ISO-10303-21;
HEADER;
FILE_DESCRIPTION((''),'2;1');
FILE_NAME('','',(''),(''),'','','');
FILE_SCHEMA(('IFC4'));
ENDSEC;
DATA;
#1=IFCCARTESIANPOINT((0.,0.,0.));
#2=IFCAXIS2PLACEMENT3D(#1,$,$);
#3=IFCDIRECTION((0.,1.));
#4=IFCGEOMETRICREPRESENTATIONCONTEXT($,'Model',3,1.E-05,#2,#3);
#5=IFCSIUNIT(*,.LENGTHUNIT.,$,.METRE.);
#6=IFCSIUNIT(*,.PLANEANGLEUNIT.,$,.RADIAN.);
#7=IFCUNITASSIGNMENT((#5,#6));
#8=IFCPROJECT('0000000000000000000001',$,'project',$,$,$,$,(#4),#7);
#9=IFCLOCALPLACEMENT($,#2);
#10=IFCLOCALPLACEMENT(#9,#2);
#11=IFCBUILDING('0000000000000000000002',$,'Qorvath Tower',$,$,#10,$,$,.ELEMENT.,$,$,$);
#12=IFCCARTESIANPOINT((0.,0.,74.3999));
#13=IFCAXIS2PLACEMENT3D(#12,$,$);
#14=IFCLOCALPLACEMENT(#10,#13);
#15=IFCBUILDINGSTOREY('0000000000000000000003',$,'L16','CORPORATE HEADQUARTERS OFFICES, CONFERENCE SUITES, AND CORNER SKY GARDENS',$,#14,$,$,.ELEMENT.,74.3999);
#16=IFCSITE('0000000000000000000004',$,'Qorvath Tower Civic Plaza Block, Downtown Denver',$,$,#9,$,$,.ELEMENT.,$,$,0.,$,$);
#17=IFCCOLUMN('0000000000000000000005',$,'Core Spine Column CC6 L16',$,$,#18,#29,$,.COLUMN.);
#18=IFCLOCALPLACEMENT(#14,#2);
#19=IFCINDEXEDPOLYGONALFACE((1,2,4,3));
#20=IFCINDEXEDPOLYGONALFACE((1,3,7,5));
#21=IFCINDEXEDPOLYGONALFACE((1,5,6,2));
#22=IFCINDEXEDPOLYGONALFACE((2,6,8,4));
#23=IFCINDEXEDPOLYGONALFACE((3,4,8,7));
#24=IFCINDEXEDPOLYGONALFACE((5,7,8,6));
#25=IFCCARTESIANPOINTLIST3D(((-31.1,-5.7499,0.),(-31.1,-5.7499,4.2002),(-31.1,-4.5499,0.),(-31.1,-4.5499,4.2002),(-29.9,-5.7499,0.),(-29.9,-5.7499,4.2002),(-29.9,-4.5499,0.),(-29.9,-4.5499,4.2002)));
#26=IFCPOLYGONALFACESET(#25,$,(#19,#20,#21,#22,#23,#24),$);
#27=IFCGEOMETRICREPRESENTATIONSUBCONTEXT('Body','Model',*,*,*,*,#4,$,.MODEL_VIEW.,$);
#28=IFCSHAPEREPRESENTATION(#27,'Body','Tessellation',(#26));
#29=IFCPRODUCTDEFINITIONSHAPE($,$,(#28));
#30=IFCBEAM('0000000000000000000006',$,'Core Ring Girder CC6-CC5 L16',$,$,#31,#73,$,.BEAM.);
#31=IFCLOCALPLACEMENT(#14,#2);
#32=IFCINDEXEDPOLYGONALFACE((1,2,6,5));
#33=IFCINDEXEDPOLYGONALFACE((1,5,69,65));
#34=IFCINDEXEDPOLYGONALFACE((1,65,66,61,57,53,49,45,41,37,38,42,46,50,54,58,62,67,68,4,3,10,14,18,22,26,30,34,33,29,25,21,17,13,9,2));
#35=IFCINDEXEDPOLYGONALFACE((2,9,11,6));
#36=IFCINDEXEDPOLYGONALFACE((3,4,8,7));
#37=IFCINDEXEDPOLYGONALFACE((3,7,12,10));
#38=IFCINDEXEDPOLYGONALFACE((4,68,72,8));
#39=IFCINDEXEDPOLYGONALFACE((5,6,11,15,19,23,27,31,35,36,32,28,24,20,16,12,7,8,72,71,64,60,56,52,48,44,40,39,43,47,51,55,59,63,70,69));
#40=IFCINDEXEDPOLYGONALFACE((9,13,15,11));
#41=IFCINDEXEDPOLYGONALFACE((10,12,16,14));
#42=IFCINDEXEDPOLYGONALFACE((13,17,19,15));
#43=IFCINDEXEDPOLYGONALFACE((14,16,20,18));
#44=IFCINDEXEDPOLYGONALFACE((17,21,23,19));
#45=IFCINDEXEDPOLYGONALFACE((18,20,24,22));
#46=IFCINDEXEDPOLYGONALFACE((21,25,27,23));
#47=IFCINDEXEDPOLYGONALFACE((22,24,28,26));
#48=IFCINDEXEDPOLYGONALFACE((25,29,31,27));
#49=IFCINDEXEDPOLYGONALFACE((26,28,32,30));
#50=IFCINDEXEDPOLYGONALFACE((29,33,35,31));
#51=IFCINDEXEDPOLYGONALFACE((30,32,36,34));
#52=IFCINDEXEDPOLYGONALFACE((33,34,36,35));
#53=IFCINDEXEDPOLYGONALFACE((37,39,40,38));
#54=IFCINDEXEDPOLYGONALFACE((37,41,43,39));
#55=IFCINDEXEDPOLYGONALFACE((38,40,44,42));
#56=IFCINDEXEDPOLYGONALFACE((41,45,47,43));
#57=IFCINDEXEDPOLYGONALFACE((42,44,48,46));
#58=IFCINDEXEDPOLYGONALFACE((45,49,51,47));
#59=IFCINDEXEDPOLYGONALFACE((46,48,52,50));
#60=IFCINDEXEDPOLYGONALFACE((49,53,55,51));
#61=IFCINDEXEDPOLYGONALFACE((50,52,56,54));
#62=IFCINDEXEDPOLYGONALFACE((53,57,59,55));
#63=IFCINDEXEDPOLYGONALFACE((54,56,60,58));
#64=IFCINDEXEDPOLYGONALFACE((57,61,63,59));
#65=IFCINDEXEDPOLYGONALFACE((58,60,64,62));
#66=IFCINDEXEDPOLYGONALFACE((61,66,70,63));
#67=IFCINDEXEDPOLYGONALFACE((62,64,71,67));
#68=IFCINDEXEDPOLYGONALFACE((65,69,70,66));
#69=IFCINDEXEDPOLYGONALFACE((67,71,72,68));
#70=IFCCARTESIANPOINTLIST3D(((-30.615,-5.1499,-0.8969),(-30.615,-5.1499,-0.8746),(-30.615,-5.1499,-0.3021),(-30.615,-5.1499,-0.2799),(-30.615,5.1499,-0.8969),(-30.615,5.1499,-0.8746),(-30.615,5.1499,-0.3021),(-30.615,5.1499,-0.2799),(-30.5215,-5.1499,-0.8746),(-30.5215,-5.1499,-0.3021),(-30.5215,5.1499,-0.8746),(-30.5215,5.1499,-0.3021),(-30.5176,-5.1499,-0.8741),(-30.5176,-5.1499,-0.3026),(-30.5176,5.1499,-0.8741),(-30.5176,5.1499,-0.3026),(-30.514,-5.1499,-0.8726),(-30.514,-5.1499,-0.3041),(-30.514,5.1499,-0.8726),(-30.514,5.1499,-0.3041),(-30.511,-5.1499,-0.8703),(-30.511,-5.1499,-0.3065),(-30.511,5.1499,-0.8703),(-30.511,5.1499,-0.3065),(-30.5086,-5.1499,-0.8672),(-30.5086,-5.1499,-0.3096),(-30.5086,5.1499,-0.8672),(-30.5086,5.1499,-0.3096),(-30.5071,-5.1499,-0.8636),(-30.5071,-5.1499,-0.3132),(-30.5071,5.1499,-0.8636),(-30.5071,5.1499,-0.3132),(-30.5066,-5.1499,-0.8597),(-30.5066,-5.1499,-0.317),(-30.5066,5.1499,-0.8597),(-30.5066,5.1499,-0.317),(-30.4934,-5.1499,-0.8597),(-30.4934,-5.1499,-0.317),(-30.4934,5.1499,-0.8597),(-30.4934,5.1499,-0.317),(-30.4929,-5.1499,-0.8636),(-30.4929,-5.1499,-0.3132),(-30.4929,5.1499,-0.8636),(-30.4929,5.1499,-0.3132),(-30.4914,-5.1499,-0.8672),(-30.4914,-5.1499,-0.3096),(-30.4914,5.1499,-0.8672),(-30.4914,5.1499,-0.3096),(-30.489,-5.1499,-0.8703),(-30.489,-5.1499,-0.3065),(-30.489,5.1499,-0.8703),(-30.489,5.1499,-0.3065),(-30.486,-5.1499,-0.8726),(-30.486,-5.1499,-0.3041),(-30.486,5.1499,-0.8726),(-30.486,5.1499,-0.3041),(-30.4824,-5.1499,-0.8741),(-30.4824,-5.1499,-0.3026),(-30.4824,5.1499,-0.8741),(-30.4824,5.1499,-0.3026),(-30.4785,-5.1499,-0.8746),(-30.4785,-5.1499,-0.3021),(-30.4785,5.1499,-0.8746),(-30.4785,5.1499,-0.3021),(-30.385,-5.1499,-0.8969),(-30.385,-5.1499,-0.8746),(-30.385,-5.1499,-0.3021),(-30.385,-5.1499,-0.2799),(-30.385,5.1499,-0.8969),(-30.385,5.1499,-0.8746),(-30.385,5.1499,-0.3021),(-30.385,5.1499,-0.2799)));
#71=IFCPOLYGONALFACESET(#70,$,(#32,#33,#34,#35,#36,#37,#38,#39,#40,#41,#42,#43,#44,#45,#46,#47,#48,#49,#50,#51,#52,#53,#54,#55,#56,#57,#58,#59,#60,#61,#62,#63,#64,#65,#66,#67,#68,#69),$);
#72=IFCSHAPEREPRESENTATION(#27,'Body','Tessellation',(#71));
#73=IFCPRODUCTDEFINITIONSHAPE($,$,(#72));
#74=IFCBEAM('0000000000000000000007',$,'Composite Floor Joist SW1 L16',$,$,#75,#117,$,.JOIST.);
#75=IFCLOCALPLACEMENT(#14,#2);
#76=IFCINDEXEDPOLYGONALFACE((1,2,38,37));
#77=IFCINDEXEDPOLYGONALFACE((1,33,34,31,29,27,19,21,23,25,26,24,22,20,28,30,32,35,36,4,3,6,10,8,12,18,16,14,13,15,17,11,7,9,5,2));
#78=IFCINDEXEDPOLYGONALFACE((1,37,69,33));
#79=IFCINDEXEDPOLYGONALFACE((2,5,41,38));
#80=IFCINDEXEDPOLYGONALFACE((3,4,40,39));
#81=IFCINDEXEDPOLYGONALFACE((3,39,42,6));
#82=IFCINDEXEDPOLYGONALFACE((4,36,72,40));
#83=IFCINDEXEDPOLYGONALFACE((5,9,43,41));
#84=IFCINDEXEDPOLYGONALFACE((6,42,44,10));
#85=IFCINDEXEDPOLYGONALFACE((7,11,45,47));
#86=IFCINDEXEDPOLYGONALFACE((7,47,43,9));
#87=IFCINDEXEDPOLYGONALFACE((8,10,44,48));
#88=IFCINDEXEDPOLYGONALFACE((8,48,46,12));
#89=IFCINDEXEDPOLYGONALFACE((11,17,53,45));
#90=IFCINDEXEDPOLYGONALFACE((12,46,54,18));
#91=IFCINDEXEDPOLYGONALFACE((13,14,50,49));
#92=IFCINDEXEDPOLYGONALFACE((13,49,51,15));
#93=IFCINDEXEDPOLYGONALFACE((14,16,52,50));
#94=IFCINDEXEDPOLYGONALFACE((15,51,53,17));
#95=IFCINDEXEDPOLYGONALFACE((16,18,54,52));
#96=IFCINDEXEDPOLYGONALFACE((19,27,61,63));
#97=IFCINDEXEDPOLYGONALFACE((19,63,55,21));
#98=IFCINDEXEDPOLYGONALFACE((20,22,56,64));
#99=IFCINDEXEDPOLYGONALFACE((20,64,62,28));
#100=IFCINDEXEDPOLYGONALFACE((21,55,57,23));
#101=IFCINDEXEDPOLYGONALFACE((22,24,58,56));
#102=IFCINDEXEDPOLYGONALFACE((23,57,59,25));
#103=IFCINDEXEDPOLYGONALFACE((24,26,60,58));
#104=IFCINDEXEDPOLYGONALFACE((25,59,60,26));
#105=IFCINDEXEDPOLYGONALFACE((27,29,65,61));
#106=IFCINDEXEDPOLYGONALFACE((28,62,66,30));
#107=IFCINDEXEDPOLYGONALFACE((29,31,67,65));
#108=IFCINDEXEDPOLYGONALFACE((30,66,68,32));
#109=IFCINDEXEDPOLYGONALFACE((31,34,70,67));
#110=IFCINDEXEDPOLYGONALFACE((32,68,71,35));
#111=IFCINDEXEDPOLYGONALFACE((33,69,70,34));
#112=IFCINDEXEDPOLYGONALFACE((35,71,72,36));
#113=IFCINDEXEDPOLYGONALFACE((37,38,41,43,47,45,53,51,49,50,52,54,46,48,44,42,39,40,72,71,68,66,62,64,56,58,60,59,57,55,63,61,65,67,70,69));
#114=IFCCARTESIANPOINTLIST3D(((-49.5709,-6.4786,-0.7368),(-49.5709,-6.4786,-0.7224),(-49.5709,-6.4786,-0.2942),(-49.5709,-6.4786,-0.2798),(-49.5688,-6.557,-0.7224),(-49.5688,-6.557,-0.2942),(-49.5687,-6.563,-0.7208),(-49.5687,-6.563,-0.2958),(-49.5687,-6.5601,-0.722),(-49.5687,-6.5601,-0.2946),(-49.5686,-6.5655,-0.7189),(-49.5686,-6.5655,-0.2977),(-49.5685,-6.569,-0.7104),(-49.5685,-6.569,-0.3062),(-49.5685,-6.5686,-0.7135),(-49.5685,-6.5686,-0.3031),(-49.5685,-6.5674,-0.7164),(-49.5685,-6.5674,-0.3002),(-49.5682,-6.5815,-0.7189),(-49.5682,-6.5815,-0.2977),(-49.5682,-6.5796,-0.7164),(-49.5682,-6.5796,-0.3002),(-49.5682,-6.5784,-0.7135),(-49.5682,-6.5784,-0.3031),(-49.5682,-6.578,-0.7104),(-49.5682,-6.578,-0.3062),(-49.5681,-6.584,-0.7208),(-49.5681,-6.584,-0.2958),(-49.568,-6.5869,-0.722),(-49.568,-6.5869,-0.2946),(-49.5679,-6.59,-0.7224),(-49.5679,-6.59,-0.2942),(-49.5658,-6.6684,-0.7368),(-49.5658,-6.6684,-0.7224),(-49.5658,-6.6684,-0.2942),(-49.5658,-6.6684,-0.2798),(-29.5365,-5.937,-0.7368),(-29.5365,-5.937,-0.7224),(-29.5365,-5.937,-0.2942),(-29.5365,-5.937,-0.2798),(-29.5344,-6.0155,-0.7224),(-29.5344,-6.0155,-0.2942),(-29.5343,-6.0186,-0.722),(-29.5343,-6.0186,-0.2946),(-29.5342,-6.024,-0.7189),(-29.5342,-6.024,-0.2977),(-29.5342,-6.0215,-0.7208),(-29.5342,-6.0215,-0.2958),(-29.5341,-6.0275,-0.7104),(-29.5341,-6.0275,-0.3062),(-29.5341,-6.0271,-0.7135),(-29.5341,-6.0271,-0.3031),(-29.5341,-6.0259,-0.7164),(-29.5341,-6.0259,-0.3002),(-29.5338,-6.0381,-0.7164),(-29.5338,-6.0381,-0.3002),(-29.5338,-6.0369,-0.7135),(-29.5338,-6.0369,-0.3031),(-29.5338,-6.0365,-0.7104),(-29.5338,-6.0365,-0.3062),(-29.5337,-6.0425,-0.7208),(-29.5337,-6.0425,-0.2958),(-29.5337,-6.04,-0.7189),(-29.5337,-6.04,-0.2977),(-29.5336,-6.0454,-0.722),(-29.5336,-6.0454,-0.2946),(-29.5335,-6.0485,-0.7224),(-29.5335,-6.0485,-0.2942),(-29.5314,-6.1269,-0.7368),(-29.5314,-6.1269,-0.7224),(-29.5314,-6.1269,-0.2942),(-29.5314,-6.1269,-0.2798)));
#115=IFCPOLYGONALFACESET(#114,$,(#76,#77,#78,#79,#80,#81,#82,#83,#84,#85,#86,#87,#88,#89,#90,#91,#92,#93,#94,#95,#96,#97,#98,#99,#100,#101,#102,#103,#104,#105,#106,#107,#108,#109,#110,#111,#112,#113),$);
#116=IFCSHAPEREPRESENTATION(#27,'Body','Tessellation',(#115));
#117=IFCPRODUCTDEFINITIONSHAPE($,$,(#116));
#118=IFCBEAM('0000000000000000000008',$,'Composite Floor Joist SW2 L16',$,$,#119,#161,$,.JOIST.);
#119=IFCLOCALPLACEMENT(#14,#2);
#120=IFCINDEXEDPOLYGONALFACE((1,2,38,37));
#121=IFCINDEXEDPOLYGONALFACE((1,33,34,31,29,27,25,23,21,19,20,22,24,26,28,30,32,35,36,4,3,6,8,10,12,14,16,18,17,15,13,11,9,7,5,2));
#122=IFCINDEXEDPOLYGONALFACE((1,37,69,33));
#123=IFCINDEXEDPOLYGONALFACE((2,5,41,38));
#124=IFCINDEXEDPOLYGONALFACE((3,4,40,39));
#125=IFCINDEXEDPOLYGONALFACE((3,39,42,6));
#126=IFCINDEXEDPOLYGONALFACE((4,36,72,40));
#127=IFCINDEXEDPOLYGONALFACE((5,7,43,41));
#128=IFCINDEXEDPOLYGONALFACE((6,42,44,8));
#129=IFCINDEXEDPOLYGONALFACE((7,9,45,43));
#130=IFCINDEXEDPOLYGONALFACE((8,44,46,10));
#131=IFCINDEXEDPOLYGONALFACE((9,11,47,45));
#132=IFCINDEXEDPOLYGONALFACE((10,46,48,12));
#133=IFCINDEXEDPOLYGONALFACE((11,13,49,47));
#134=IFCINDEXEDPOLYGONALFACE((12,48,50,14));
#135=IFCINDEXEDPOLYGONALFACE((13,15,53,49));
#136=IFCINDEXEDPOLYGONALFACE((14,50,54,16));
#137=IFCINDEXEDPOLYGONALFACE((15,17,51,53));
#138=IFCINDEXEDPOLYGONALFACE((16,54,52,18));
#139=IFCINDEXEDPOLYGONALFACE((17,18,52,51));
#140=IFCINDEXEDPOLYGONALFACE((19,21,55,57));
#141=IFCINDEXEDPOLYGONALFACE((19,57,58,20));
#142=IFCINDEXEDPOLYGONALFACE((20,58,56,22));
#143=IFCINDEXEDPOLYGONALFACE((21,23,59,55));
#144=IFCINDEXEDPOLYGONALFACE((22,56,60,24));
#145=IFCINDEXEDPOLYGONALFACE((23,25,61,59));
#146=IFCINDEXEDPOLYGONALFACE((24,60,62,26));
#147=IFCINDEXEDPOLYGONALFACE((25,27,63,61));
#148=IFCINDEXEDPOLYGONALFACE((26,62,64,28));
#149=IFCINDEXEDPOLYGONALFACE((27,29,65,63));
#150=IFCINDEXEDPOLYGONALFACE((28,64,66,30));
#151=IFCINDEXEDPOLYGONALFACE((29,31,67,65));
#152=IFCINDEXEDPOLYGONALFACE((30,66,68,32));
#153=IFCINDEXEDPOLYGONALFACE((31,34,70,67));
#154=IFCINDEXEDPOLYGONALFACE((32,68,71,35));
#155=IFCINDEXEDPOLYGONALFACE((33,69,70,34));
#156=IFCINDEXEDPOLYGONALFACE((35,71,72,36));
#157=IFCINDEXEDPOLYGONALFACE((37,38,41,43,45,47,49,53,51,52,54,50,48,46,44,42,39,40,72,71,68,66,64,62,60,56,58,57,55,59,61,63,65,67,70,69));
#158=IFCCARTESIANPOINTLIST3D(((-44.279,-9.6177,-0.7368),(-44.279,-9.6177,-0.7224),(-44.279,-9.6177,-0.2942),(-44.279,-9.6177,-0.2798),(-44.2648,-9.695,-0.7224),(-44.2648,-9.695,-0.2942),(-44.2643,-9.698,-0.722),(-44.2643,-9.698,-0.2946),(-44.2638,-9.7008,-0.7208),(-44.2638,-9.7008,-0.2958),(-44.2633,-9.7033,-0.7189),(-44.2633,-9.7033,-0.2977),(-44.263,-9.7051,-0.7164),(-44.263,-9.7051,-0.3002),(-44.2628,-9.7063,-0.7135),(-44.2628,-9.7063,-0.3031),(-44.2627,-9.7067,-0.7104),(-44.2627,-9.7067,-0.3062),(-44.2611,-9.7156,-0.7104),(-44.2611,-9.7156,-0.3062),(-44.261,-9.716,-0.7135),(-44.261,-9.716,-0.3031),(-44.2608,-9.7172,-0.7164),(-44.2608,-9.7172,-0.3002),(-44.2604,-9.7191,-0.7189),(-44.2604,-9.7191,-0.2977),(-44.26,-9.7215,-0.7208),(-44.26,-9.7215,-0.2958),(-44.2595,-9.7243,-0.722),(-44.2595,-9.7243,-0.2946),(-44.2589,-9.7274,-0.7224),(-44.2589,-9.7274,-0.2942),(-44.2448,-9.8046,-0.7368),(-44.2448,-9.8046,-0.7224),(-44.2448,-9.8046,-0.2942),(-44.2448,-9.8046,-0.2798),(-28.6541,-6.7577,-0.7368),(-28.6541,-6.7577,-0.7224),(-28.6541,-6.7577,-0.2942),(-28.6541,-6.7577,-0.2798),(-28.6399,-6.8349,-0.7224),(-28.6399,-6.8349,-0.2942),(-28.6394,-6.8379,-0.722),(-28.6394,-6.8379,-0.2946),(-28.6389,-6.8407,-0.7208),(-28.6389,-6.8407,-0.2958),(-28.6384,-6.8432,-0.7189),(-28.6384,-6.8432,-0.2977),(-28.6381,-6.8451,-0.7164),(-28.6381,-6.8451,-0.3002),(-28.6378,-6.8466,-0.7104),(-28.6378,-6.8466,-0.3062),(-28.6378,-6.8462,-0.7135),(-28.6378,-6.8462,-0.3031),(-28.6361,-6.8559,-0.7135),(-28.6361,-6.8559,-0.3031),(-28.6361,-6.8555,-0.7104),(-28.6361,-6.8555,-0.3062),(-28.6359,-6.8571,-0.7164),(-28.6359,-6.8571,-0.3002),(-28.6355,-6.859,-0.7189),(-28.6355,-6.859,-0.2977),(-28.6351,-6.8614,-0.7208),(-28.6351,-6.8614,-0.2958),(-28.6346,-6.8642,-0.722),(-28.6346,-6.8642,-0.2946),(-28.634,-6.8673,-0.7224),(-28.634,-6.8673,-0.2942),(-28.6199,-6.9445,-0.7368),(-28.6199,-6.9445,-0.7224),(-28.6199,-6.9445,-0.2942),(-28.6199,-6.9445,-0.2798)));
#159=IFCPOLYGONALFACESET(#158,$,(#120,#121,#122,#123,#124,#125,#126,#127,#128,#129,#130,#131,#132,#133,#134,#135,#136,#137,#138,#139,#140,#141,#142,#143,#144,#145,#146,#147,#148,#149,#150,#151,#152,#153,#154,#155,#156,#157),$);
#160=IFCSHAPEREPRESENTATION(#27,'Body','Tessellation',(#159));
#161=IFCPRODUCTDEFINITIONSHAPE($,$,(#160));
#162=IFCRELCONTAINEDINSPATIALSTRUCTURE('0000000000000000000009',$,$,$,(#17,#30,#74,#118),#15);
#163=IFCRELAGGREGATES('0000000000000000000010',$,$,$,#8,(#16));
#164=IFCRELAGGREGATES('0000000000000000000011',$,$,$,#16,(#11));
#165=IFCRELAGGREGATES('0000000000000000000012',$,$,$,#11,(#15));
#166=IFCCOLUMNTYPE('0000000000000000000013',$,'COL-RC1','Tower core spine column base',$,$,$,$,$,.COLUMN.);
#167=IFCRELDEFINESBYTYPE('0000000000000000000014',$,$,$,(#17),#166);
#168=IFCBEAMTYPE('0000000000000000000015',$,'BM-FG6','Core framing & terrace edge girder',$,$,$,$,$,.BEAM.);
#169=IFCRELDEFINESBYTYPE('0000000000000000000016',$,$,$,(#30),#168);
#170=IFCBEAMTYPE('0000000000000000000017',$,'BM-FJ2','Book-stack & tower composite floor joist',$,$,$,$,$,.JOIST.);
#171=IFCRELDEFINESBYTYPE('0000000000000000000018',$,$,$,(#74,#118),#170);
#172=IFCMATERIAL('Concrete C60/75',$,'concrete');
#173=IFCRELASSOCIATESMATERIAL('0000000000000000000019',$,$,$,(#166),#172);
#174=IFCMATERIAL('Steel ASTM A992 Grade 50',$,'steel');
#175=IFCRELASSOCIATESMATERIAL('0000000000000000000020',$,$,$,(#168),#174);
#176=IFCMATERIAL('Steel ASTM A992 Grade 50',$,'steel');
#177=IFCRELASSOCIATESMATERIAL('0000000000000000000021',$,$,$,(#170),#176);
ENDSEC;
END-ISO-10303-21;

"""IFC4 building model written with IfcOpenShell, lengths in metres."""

from ifc_helpers import new_model, si_unit, direction, frame, origin, origin_2d, place, context, subcontext, project, spatial, rectangle, i_section, extrude, material, material_profile, profile_set, type_object, element, save


model = new_model("IFC4")

# Units and contexts
model_context = context("Model", 3, precision=1e-05, world=origin(), true_north=direction((0.0, 1.0)))
body_context = subcontext(model_context, "Body", "Model", "MODEL_VIEW")
ifc_project = project(units=[si_unit("LENGTHUNIT", "METRE"), si_unit("PLANEANGLEUNIT", "RADIAN")], contexts=[model_context])

# Site, building, storey
site_placement = place(None, origin())
site = spatial("IfcSite", under=ifc_project, at=site_placement, Name="Qorvath Tower Civic Plaza Block, Downtown Denver", CompositionType="ELEMENT", RefElevation=0.0)
building_placement = place(site_placement, origin())
building = spatial("IfcBuilding", under=site, at=building_placement, Name="Qorvath Tower", CompositionType="ELEMENT")
storey_placement = place(building_placement, frame((0.0, 0.0, 74.3999)))
storey = spatial("IfcBuildingStorey", under=building, at=storey_placement, Name="L16", Description="CORPORATE HEADQUARTERS OFFICES, CONFERENCE SUITES, AND CORNER SKY GARDENS", CompositionType="ELEMENT", Elevation=74.3999)

# Column
ifc_material_1 = material(Name="Concrete C60/75", Category="concrete")
ifc_material_profile_1 = material_profile(ifc_material_1, rectangle(XDim=1.2, YDim=1.2, at=origin_2d()), Name="RC 1200x1200")
ifc_profile_set_1 = profile_set([ifc_material_profile_1], Name="Concrete C60/75")
column_type = type_object("IfcColumnType", Name="COL-RC1", Description="Tower core spine column base", PredefinedType="COLUMN", material=ifc_profile_set_1)
column_placement = place(storey_placement, frame((-30.5, -5.1499, 0.0), z_axis=(0.0, 0.0, 1.0), x_axis=(1.0, 0.0, 0.0)))
element("IfcColumn", 1, at=column_placement, inside=storey, type_object=column_type, Name="Core Spine Column CC6 L16", PredefinedType="COLUMN", context=body_context, shape_type="SweptSolid", body=[
    extrude(rectangle(XDim=1.2, YDim=1.2, at=origin_2d()), origin(), (0.0, 0.0, 1.0), 4.2002),
])

# Beams
ifc_material_2 = material(Name="Steel ASTM A992 Grade 50", Category="steel")
ifc_material_profile_2 = material_profile(ifc_material_2, i_section(OverallWidth=0.23, OverallDepth=0.6169, WebThickness=0.0132, FlangeThickness=0.0222, FilletRadius=0.0149, at=origin_2d()), Name="W24x94")
ifc_profile_set_2 = profile_set([ifc_material_profile_2], Name="Steel ASTM A992 Grade 50")
beam_type_1 = type_object("IfcBeamType", Name="BM-FG6", Description="Core framing & terrace edge girder", PredefinedType="BEAM", material=ifc_profile_set_2)
beam_1_placement = place(storey_placement, frame((-30.5, -5.1499, -0.5884), z_axis=(0.0, 1.0, 0.0), x_axis=(-1.0, 0.0, 0.0)))
element("IfcBeam", 2, at=beam_1_placement, inside=storey, type_object=beam_type_1, Name="Core Ring Girder CC6-CC5 L16", PredefinedType="BEAM", context=body_context, shape_type="SweptSolid", body=[
    extrude(i_section(OverallWidth=0.23, OverallDepth=0.6169, WebThickness=0.0132, FlangeThickness=0.0222, FilletRadius=0.0149, at=origin_2d()), origin(), (0.0, 0.0, 1.0), 10.2998),
])
ifc_material_3 = material(Name="Steel ASTM A992 Grade 50", Category="steel")
ifc_material_profile_3 = material_profile(ifc_material_3, i_section(OverallWidth=0.1899, OverallDepth=0.457, WebThickness=0.009, FlangeThickness=0.0144, FilletRadius=0.012, at=origin_2d()), Name="W18x50")
ifc_profile_set_3 = profile_set([ifc_material_profile_3], Name="Steel ASTM A992 Grade 50")
beam_type_2 = type_object("IfcBeamType", Name="BM-FJ2", Description="Book-stack & tower composite floor joist", PredefinedType="JOIST", material=ifc_profile_set_3)
beam_2_placement = place(storey_placement, frame((-29.5339, -6.032, -0.5083), z_axis=(-0.999635, -0.027019, 0.0), x_axis=(0.027019, -0.999635, 0.0)))
element("IfcBeam", 3, at=beam_2_placement, inside=storey, type_object=beam_type_2, Name="Composite Floor Joist SW1 L16", PredefinedType="JOIST", context=body_context, shape_type="SweptSolid", body=[
    extrude(i_section(OverallWidth=0.1899, OverallDepth=0.457, WebThickness=0.009, FlangeThickness=0.0144, FilletRadius=0.012, at=origin_2d()), origin(), (0.0, 0.0, 1.0), 20.0417),
])
beam_3_placement = place(storey_placement, frame((-28.637, -6.8511, -0.5083), z_axis=(-0.983656, -0.180055, 0.0), x_axis=(0.180055, -0.983656, 0.0)))
element("IfcBeam", 4, at=beam_3_placement, inside=storey, type_object=beam_type_2, Name="Composite Floor Joist SW2 L16", PredefinedType="JOIST", context=body_context, shape_type="SweptSolid", body=[
    extrude(i_section(OverallWidth=0.1899, OverallDepth=0.457, WebThickness=0.009, FlangeThickness=0.0144, FilletRadius=0.012, at=origin_2d()), origin(), (0.0, 0.0, 1.0), 15.8845),
])

save(model, "model.ifc")
